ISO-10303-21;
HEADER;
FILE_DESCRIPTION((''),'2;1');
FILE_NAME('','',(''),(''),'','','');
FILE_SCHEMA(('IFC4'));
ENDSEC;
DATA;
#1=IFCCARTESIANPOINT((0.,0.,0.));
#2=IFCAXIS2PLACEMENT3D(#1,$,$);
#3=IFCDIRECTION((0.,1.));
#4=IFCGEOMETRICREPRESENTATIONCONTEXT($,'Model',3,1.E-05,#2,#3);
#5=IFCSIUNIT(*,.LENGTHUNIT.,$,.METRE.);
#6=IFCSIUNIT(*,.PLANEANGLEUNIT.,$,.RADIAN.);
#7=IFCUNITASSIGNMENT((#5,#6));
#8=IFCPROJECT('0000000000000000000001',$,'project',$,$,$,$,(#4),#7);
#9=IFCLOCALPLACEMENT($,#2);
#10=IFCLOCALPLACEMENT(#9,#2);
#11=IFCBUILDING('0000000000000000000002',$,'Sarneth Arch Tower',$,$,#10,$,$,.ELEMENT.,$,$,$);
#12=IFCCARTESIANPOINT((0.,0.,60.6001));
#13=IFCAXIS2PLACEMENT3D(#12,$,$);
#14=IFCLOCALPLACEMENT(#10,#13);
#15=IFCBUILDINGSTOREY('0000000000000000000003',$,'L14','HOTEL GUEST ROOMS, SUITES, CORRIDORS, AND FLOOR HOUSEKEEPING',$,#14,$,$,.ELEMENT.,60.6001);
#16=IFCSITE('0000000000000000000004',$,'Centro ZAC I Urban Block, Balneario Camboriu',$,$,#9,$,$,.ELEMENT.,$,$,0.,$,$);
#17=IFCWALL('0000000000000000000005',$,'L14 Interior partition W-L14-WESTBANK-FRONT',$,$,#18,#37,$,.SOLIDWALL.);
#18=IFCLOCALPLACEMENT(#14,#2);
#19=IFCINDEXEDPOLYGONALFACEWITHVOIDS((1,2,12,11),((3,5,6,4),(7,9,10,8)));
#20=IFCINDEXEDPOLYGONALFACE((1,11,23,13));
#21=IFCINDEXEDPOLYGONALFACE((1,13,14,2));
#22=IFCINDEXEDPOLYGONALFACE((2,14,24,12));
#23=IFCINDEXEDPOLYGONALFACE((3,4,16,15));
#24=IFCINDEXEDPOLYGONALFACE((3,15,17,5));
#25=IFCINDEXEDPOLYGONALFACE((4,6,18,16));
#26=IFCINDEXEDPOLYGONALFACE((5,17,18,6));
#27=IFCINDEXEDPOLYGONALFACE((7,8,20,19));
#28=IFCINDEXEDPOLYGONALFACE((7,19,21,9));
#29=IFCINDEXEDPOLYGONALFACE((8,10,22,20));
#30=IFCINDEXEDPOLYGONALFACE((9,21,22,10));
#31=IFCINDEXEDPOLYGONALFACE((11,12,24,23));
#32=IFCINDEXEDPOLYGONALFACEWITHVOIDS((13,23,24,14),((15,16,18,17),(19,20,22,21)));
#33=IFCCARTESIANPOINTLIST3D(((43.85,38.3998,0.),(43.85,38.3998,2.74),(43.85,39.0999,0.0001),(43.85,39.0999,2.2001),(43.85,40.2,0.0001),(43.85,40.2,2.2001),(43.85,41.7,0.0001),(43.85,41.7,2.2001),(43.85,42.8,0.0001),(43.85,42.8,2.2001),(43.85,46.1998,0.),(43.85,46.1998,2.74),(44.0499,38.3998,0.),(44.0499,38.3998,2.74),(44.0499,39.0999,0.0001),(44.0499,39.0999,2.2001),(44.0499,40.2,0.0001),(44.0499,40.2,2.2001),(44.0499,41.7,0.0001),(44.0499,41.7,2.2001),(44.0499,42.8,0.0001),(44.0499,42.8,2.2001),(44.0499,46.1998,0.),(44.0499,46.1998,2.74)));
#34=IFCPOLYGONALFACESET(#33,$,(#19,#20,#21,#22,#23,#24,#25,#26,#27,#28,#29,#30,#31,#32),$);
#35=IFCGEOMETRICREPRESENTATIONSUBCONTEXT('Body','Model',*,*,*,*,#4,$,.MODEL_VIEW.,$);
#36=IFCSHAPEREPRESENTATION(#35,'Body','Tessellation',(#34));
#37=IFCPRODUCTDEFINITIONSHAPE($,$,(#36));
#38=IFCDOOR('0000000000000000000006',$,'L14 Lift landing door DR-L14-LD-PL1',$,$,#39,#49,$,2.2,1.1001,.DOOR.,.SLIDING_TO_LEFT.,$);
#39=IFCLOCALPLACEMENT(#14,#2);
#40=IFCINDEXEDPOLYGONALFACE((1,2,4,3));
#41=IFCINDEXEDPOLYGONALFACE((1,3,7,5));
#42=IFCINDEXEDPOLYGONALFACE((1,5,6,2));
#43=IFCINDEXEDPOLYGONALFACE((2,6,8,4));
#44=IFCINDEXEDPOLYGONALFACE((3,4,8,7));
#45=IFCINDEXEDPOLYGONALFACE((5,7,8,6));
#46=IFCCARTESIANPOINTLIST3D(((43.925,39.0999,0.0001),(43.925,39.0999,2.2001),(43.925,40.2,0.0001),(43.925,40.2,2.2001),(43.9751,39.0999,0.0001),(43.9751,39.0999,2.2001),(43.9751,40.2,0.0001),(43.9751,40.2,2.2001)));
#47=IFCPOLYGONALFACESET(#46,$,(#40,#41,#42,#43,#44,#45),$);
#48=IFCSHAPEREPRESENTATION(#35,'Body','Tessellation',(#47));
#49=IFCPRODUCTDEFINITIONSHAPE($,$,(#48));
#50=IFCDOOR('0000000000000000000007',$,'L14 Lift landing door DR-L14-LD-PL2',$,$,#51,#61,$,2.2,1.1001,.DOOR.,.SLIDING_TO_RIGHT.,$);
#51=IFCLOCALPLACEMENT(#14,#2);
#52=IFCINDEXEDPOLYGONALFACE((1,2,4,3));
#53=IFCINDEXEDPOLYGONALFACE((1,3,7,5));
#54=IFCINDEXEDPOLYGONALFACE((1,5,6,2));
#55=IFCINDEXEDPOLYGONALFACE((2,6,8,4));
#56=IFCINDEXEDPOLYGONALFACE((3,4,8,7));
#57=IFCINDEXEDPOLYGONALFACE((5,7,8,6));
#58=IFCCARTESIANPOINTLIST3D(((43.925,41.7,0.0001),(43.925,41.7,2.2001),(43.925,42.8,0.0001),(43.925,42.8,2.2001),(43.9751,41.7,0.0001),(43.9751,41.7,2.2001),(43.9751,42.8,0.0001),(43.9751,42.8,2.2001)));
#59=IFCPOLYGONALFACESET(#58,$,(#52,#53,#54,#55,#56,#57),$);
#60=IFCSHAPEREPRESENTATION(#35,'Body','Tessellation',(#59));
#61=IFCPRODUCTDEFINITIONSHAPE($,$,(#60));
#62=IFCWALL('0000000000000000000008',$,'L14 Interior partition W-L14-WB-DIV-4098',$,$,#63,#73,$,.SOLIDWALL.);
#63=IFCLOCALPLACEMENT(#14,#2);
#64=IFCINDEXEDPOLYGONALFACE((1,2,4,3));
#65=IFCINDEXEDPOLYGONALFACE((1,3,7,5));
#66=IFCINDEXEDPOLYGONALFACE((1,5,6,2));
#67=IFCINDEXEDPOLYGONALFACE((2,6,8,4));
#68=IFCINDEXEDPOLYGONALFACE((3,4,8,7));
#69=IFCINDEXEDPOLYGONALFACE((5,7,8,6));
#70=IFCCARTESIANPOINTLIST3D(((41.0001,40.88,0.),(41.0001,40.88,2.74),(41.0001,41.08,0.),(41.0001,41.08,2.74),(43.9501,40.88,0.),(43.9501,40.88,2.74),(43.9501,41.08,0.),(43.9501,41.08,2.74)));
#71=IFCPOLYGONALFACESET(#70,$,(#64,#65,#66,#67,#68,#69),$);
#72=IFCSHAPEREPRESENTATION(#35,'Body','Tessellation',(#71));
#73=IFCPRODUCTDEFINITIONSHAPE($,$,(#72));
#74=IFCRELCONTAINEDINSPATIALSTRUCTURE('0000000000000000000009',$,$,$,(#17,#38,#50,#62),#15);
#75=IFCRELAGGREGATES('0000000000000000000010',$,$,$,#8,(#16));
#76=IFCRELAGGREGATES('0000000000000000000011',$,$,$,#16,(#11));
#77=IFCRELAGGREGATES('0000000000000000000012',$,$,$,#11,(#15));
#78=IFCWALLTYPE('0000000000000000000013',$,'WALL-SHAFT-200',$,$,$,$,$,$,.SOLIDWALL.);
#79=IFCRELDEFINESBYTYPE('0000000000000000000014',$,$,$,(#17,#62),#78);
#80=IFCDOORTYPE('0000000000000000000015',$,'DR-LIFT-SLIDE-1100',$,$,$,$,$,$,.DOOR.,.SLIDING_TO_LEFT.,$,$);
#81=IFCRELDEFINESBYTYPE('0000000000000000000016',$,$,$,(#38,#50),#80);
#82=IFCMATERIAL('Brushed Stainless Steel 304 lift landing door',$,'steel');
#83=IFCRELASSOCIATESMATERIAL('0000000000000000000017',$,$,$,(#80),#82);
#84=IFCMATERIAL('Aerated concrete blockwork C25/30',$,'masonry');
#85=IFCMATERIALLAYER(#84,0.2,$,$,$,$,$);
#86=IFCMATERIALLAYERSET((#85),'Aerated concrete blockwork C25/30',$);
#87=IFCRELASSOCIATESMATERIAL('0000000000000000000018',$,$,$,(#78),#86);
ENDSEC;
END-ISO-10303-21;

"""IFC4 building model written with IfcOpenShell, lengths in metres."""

from ifc_helpers import new_model, si_unit, direction, frame, frame_2d, origin, place, context, subcontext, project, spatial, rectangle, extrude, material, layer, layer_set, type_object, element, fill, save


model = new_model("IFC4")

# Units and contexts
model_context = context("Model", 3, precision=1e-05, world=origin(), true_north=direction((0.0, 1.0)))
body_context = subcontext(model_context, "Body", "Model", "MODEL_VIEW")
ifc_project = project(units=[si_unit("LENGTHUNIT", "METRE"), si_unit("PLANEANGLEUNIT", "RADIAN")], contexts=[model_context])

# Site, building, storey
site_placement = place(None, origin())
site = spatial("IfcSite", under=ifc_project, at=site_placement, Name="Centro ZAC I Urban Block, Balneario Camboriu", CompositionType="ELEMENT", RefElevation=0.0)
building_placement = place(site_placement, origin())
building = spatial("IfcBuilding", under=site, at=building_placement, Name="Sarneth Arch Tower", CompositionType="ELEMENT")
storey_placement = place(building_placement, frame((0.0, 0.0, 60.6001)))
storey = spatial("IfcBuildingStorey", under=building, at=storey_placement, Name="L14", Description="HOTEL GUEST ROOMS, SUITES, CORRIDORS, AND FLOOR HOUSEKEEPING", CompositionType="ELEMENT", Elevation=60.6001)

# Shared definitions
ifc_material_1 = material(Name="Brushed Stainless Steel 304 lift landing door", Category="steel")
door_type_1 = type_object("IfcDoorType", Name="DR-LIFT-SLIDE-1100", OperationType="SLIDING_TO_LEFT", PredefinedType="DOOR", material=ifc_material_1)

# Shared definitions
ifc_material_2 = material(Name="Aerated concrete blockwork C25/30", Category="masonry")
ifc_layer_1 = layer(ifc_material_2, 0.2)
ifc_layer_set_1 = layer_set([ifc_layer_1], Name="Aerated concrete blockwork C25/30")
wall_type_1 = type_object("IfcWallType", Name="WALL-SHAFT-200", PredefinedType="SOLIDWALL", material=ifc_layer_set_1)

# Wall, openings, doors
wall_1_placement = place(storey_placement, frame((43.95, 38.3999, 0.0), z_axis=(0.0, 0.0, 1.0), x_axis=(0.0, 1.0, 0.0)))
wall_1 = element("IfcWall", 1, at=wall_1_placement, inside=storey, type_object=wall_type_1, Name="L14 Interior partition W-L14-WESTBANK-FRONT", PredefinedType="SOLIDWALL", context=body_context, shape_type="SweptSolid", body=[
    extrude(rectangle(XDim=7.8, YDim=0.2, at=frame_2d((3.8999, 0.0))), origin(), (0.0, 0.0, 1.0), 2.74),
])
opening_1_placement = place(wall_1_placement, frame((0.7, 0.0, 0.0)))
opening_1 = element("IfcOpeningElement", 2, at=opening_1_placement, cuts=wall_1, PredefinedType="OPENING", context=body_context, shape_type="SweptSolid", body=[
    extrude(rectangle(XDim=1.1001, YDim=2.2, at=frame_2d((0.55, 1.1001))), frame((0.0, 0.1099, 0.0), z_axis=(0.0, -1.0, 0.0), x_axis=(1.0, 0.0, 0.0)), (0.0, 0.0, 1.0), 0.22),
])
opening_2_placement = place(wall_1_placement, frame((3.3, 0.0, 0.0)))
opening_2 = element("IfcOpeningElement", 3, at=opening_2_placement, cuts=wall_1, PredefinedType="OPENING", context=body_context, shape_type="SweptSolid", body=[
    extrude(rectangle(XDim=1.1001, YDim=2.2, at=frame_2d((0.55, 1.1001))), frame((0.0, 0.1099, 0.0), z_axis=(0.0, -1.0, 0.0), x_axis=(1.0, 0.0, 0.0)), (0.0, 0.0, 1.0), 0.22),
])
door_1_placement = place(opening_1_placement, origin())
door_1 = element("IfcDoor", 4, at=door_1_placement, inside=storey, type_object=door_type_1, Name="L14 Lift landing door DR-L14-LD-PL1", OperationType="SLIDING_TO_LEFT", OverallHeight=2.2, OverallWidth=1.1001, PredefinedType="DOOR", context=body_context, shape_type="SweptSolid", body=[
    extrude(rectangle(XDim=1.1001, YDim=2.2, at=frame_2d((0.55, 1.1001))), frame((0.0, 0.0249, 0.0), z_axis=(0.0, -1.0, 0.0), x_axis=(1.0, 0.0, 0.0)), (0.0, 0.0, 1.0), 0.05),
])
fill(opening_1, door_1)
door_2_placement = place(opening_2_placement, origin())
door_2 = element("IfcDoor", 5, at=door_2_placement, inside=storey, type_object=door_type_1, Name="L14 Lift landing door DR-L14-LD-PL2", OperationType="SLIDING_TO_RIGHT", OverallHeight=2.2, OverallWidth=1.1001, PredefinedType="DOOR", context=body_context, shape_type="SweptSolid", body=[
    extrude(rectangle(XDim=1.1001, YDim=2.2, at=frame_2d((0.55, 1.1001))), frame((0.0, 0.0249, 0.0), z_axis=(0.0, -1.0, 0.0), x_axis=(1.0, 0.0, 0.0)), (0.0, 0.0, 1.0), 0.05),
])
fill(opening_2, door_2)

# Wall
wall_2_placement = place(storey_placement, frame((41.0, 40.98, 0.0), z_axis=(0.0, 0.0, 1.0), x_axis=(1.0, 0.0, 0.0)))
element("IfcWall", 6, at=wall_2_placement, inside=storey, type_object=wall_type_1, Name="L14 Interior partition W-L14-WB-DIV-4098", PredefinedType="SOLIDWALL", context=body_context, shape_type="SweptSolid", body=[
    extrude(rectangle(XDim=2.95, YDim=0.2, at=frame_2d((1.4751, 0.0))), origin(), (0.0, 0.0, 1.0), 2.74),
])

save(model, "model.ifc")
